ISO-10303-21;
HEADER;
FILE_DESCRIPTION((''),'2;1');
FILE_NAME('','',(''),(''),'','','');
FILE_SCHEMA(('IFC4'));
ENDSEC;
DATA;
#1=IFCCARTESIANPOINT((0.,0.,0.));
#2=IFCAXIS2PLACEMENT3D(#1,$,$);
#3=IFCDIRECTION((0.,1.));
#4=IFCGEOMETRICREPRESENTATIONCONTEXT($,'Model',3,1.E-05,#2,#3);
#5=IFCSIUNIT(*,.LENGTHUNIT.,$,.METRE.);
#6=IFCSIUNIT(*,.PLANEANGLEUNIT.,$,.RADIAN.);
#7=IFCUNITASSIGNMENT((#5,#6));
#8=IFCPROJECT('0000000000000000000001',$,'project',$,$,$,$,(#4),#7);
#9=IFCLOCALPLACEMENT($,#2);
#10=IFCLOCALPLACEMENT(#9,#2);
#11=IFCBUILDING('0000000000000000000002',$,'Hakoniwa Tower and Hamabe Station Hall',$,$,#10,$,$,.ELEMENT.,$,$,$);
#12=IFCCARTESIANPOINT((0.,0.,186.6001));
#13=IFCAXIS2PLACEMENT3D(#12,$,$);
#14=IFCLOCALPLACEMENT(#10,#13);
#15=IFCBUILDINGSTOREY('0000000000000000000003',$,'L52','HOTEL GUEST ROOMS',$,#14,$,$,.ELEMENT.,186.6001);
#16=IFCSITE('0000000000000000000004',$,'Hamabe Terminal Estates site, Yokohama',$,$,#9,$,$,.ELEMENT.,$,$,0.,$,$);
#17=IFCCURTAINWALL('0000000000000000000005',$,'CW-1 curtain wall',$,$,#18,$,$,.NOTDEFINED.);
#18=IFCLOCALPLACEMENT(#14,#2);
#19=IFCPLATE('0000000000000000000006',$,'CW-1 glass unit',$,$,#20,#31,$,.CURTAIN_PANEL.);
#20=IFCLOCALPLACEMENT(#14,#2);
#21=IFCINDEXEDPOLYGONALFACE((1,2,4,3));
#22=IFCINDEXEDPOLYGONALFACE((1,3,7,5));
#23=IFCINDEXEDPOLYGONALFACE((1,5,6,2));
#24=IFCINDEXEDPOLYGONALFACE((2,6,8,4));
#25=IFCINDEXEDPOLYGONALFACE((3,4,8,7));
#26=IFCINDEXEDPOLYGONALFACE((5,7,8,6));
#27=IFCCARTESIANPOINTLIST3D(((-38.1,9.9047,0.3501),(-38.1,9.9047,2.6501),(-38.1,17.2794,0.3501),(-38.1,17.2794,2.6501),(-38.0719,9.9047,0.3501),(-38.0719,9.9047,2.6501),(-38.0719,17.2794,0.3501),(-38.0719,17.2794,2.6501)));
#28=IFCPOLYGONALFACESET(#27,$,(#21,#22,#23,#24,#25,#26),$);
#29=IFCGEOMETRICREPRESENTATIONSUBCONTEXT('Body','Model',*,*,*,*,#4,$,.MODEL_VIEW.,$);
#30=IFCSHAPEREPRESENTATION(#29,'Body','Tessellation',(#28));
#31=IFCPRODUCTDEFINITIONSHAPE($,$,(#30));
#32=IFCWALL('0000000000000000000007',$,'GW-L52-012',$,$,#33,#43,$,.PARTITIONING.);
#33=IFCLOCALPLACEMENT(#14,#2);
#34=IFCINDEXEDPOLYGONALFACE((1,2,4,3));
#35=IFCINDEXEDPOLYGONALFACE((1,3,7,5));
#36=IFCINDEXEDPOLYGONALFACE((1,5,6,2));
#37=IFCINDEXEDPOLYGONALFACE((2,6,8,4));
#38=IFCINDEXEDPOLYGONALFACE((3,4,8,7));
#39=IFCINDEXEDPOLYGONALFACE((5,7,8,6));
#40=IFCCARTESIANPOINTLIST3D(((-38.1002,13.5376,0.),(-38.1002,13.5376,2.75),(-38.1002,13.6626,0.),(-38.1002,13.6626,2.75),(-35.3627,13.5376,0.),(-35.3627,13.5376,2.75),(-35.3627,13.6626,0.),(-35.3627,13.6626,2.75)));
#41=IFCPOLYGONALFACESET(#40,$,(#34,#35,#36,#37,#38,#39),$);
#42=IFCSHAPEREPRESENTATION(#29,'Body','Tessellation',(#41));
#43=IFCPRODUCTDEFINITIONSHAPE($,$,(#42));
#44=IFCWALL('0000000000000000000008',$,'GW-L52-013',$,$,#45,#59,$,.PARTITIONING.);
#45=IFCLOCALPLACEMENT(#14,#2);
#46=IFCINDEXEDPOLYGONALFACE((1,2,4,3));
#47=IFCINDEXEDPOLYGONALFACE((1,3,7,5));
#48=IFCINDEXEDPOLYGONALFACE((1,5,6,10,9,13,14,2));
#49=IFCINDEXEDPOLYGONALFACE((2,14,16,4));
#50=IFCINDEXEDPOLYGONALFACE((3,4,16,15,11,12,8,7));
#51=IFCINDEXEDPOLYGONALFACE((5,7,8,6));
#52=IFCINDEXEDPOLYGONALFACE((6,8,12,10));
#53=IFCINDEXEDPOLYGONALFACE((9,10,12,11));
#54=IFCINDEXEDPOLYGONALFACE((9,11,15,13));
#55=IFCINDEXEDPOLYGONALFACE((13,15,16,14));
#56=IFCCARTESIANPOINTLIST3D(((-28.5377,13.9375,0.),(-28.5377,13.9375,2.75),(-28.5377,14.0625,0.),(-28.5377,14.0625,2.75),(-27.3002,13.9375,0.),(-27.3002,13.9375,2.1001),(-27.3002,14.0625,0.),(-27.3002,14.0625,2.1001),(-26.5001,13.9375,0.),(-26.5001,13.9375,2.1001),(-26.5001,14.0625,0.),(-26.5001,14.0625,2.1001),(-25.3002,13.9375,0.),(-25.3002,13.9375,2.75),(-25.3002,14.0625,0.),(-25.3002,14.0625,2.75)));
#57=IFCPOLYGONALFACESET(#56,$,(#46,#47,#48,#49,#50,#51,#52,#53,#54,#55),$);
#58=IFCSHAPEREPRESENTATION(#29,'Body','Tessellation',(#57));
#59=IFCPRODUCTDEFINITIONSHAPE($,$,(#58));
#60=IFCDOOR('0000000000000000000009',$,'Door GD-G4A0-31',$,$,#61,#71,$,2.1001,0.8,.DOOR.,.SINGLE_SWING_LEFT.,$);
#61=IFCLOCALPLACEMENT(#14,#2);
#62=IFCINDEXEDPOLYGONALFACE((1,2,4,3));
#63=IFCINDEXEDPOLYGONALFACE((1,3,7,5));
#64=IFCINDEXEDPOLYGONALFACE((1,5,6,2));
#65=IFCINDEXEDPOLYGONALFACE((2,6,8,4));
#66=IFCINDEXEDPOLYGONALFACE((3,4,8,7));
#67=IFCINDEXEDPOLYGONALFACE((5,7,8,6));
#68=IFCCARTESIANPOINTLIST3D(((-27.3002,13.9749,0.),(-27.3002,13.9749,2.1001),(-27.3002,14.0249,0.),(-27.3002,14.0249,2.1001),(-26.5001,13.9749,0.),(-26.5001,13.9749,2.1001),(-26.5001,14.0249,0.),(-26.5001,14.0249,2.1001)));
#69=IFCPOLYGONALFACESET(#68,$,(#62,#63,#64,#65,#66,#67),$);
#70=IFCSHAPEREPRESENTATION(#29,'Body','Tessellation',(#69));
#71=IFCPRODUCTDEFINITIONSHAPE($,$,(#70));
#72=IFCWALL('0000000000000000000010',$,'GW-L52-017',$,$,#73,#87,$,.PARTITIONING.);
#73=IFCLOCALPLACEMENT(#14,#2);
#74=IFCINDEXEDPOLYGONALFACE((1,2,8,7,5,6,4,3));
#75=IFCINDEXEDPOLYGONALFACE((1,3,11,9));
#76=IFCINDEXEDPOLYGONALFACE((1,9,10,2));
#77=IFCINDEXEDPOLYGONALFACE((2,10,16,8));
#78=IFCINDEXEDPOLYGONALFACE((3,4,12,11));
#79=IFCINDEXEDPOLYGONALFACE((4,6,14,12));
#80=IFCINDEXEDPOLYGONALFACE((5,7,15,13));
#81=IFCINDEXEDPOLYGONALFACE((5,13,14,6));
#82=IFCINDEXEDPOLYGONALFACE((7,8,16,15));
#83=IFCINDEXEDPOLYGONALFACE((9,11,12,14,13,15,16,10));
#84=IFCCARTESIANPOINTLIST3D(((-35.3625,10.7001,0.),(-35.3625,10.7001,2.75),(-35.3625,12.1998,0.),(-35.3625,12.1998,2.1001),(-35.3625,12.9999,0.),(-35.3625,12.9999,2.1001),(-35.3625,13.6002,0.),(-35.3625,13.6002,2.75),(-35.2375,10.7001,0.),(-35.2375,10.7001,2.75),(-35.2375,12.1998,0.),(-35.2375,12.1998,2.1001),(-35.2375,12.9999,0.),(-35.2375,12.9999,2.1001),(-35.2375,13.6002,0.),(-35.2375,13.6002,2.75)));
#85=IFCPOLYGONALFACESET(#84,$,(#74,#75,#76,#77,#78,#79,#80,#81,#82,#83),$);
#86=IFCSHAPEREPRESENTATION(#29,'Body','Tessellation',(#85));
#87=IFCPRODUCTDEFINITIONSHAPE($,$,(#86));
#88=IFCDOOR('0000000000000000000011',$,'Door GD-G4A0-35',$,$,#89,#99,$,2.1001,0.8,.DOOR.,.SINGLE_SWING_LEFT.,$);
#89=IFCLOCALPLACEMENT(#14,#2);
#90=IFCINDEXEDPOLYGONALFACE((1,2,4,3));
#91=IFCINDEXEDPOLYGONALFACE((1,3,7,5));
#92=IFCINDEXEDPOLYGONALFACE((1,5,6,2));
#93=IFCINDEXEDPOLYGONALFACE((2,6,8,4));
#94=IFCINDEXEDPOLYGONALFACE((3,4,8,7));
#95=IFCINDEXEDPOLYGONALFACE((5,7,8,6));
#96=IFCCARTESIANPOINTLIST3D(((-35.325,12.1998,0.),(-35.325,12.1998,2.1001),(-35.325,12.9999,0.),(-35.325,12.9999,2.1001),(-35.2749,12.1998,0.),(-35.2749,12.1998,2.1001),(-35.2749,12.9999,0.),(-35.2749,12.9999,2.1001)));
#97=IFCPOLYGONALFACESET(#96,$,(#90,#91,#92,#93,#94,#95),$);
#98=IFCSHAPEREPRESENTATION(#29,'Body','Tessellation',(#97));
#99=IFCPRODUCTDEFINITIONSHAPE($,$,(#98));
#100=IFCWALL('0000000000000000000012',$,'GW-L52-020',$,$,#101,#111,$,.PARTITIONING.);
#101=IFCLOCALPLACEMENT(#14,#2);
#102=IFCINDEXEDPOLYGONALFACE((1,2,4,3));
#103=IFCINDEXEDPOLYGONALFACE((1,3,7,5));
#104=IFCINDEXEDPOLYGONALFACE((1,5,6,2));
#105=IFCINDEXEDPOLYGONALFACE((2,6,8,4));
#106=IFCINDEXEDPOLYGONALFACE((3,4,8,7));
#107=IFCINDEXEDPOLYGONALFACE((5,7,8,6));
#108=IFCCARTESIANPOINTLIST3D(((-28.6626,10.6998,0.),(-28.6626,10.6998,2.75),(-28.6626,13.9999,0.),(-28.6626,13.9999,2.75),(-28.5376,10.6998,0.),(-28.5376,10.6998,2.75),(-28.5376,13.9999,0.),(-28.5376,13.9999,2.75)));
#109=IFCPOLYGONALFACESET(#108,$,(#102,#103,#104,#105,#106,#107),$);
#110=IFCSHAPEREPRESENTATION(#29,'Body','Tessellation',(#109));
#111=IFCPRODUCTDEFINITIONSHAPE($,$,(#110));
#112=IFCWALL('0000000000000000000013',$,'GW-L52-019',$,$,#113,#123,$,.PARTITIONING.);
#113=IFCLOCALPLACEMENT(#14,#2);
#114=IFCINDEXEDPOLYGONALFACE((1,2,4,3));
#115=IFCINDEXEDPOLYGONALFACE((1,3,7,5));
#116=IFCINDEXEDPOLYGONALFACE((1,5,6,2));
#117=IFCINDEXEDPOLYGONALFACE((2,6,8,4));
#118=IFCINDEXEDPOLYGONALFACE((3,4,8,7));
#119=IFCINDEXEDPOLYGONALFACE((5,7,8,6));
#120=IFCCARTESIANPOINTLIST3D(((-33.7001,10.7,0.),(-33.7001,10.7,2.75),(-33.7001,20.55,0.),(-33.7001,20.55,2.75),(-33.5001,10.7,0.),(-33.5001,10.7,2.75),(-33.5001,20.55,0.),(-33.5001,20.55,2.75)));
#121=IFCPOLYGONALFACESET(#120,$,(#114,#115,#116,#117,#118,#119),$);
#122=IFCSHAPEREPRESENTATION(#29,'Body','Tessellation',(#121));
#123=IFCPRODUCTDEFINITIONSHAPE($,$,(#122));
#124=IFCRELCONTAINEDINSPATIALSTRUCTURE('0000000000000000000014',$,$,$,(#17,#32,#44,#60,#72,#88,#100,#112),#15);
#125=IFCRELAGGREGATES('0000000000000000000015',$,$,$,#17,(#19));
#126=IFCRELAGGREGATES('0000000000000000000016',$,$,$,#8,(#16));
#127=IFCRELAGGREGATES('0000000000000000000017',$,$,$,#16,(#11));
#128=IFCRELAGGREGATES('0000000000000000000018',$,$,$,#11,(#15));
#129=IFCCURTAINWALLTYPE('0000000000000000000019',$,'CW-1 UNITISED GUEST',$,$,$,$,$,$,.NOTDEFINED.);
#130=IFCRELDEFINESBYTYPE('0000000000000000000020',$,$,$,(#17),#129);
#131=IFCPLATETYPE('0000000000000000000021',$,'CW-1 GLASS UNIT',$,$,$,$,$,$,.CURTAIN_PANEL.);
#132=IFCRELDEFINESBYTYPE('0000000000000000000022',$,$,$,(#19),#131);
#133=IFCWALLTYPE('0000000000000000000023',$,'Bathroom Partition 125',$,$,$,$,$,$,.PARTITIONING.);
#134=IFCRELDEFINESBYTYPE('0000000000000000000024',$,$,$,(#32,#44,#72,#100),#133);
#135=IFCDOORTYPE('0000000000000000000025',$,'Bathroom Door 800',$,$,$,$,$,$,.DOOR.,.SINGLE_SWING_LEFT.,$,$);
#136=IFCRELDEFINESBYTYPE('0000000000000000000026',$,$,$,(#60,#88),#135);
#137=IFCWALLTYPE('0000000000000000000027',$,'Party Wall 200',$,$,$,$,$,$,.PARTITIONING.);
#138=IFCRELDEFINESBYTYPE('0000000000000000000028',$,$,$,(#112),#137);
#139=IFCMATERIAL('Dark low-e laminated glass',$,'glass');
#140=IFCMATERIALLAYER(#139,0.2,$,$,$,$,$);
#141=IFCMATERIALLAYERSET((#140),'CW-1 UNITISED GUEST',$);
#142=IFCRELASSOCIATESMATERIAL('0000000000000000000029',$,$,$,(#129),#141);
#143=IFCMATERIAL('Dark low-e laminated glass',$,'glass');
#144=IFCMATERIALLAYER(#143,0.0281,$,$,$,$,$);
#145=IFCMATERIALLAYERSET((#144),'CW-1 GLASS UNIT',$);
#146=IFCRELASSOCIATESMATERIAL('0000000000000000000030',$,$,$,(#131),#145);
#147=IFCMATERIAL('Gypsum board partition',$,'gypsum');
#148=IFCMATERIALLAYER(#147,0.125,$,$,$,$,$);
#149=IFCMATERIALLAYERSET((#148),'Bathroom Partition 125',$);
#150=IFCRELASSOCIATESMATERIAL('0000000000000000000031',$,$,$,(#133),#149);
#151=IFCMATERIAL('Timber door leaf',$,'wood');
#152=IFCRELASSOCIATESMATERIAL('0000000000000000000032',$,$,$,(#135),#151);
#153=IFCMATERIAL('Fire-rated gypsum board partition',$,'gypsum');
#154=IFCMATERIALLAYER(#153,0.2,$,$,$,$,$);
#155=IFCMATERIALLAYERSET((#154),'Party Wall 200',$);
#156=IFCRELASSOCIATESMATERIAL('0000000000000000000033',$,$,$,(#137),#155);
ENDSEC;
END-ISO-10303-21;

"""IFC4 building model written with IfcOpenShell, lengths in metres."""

from ifc_helpers import new_model, si_unit, direction, frame, frame_2d, origin, origin_2d, place, context, subcontext, project, spatial, rectangle, extrude, material, layer, layer_set, type_object, element, fill, aggregate, save


model = new_model("IFC4")

# Units and contexts
model_context = context("Model", 3, precision=1e-05, world=origin(), true_north=direction((0.0, 1.0)))
body_context = subcontext(model_context, "Body", "Model", "MODEL_VIEW")
ifc_project = project(units=[si_unit("LENGTHUNIT", "METRE"), si_unit("PLANEANGLEUNIT", "RADIAN")], contexts=[model_context])

# Site, building, storey
site_placement = place(None, origin())
site = spatial("IfcSite", under=ifc_project, at=site_placement, Name="Hamabe Terminal Estates site, Yokohama", CompositionType="ELEMENT", RefElevation=0.0)
building_placement = place(site_placement, origin())
building = spatial("IfcBuilding", under=site, at=building_placement, Name="Hakoniwa Tower and Hamabe Station Hall", CompositionType="ELEMENT")
storey_placement = place(building_placement, frame((0.0, 0.0, 186.6001)))
storey = spatial("IfcBuildingStorey", under=building, at=storey_placement, Name="L52", Description="HOTEL GUEST ROOMS", CompositionType="ELEMENT", Elevation=186.6001)

# Curtain wall
ifc_material_1 = material(Name="Dark low-e laminated glass", Category="glass")
ifc_layer_1 = layer(ifc_material_1, 0.2)
ifc_layer_set_1 = layer_set([ifc_layer_1], Name="CW-1 UNITISED GUEST")
curtain_wall_type = type_object("IfcCurtainWallType", Name="CW-1 UNITISED GUEST", PredefinedType="NOTDEFINED", material=ifc_layer_set_1)
curtain_wall_1_placement = place(storey_placement, origin())
curtain_wall_1 = element("IfcCurtainWall", 1, at=curtain_wall_1_placement, inside=storey, type_object=curtain_wall_type, Name="CW-1 curtain wall", PredefinedType="NOTDEFINED")

# Plate
ifc_material_2 = material(Name="Dark low-e laminated glass", Category="glass")
ifc_layer_2 = layer(ifc_material_2, 0.0281)
ifc_layer_set_2 = layer_set([ifc_layer_2], Name="CW-1 GLASS UNIT")
plate_type = type_object("IfcPlateType", Name="CW-1 GLASS UNIT", PredefinedType="CURTAIN_PANEL", material=ifc_layer_set_2)
plate_1_placement = place(storey_placement, frame((-38.0859, 13.592, 0.3501), z_axis=(0.0, 0.0, 1.0), x_axis=(0.0, -1.0, 0.0)))
plate_1 = element("IfcPlate", 2, at=plate_1_placement, type_object=plate_type, Name="CW-1 glass unit", PredefinedType="CURTAIN_PANEL", context=body_context, shape_type="SweptSolid", body=[
    extrude(rectangle(XDim=7.3748, YDim=0.0281, at=origin_2d()), origin(), (0.0, 0.0, 1.0), 2.3),
])
aggregate(curtain_wall_1, [plate_1])

# Wall
ifc_material_3 = material(Name="Gypsum board partition", Category="gypsum")
ifc_layer_3 = layer(ifc_material_3, 0.125)
ifc_layer_set_3 = layer_set([ifc_layer_3], Name="Bathroom Partition 125")
wall_type_1 = type_object("IfcWallType", Name="Bathroom Partition 125", PredefinedType="PARTITIONING", material=ifc_layer_set_3)
wall_1_placement = place(storey_placement, frame((-38.1001, 13.6001, 0.0), z_axis=(0.0, 0.0, 1.0), x_axis=(1.0, 0.0, 0.0)))
element("IfcWall", 3, at=wall_1_placement, inside=storey, type_object=wall_type_1, Name="GW-L52-012", PredefinedType="PARTITIONING", context=body_context, shape_type="SweptSolid", body=[
    extrude(rectangle(XDim=2.7375, YDim=0.125, at=frame_2d((1.3687, 0.0))), origin(), (0.0, 0.0, 1.0), 2.75),
])

# Walls, openings, doors
wall_2_placement = place(storey_placement, frame((-28.5376, 14.0, 0.0), z_axis=(0.0, 0.0, 1.0), x_axis=(1.0, 0.0, 0.0)))
wall_2 = element("IfcWall", 4, at=wall_2_placement, inside=storey, type_object=wall_type_1, Name="GW-L52-013", PredefinedType="PARTITIONING", context=body_context, shape_type="SweptSolid", body=[
    extrude(rectangle(XDim=3.2375, YDim=0.125, at=frame_2d((1.6187, 0.0))), origin(), (0.0, 0.0, 1.0), 2.75),
])
opening_1_placement = place(wall_2_placement, frame((1.2375, 0.0, 0.0)))
opening_1 = element("IfcOpeningElement", 5, at=opening_1_placement, cuts=wall_2, PredefinedType="OPENING", context=body_context, shape_type="SweptSolid", body=[
    extrude(rectangle(XDim=0.8, YDim=2.1001, at=frame_2d((0.3999, 1.05))), frame((0.0, 0.0725, 0.0), z_axis=(0.0, -1.0, 0.0), x_axis=(1.0, 0.0, 0.0)), (0.0, 0.0, 1.0), 0.145),
])
ifc_material_4 = material(Name="Timber door leaf", Category="wood")
door_type = type_object("IfcDoorType", Name="Bathroom Door 800", OperationType="SINGLE_SWING_LEFT", PredefinedType="DOOR", material=ifc_material_4)
door_1_placement = place(opening_1_placement, origin())
door_1 = element("IfcDoor", 6, at=door_1_placement, inside=storey, type_object=door_type, Name="Door GD-G4A0-31", OperationType="SINGLE_SWING_LEFT", OverallHeight=2.1001, OverallWidth=0.8, PredefinedType="DOOR", context=body_context, shape_type="SweptSolid", body=[
    extrude(rectangle(XDim=0.8, YDim=2.1001, at=frame_2d((0.3999, 1.05))), frame((0.0, 0.0249, 0.0), z_axis=(0.0, -1.0, 0.0), x_axis=(1.0, 0.0, 0.0)), (0.0, 0.0, 1.0), 0.05),
])
fill(opening_1, door_1)
wall_3_placement = place(storey_placement, frame((-35.3, 10.7, 0.0), z_axis=(0.0, 0.0, 1.0), x_axis=(0.0, 1.0, 0.0)))
wall_3 = element("IfcWall", 7, at=wall_3_placement, inside=storey, type_object=wall_type_1, Name="GW-L52-017", PredefinedType="PARTITIONING", context=body_context, shape_type="SweptSolid", body=[
    extrude(rectangle(XDim=2.9001, YDim=0.125, at=frame_2d((1.4502, 0.0))), origin(), (0.0, 0.0, 1.0), 2.75),
])
opening_2_placement = place(wall_3_placement, frame((1.5, 0.0, 0.0)))
opening_2 = element("IfcOpeningElement", 8, at=opening_2_placement, cuts=wall_3, PredefinedType="OPENING", context=body_context, shape_type="SweptSolid", body=[
    extrude(rectangle(XDim=0.8, YDim=2.1001, at=frame_2d((0.3999, 1.05))), frame((0.0, 0.0725, 0.0), z_axis=(0.0, -1.0, 0.0), x_axis=(1.0, 0.0, 0.0)), (0.0, 0.0, 1.0), 0.145),
])
door_2_placement = place(opening_2_placement, origin())
door_2 = element("IfcDoor", 9, at=door_2_placement, inside=storey, type_object=door_type, Name="Door GD-G4A0-35", OperationType="SINGLE_SWING_LEFT", OverallHeight=2.1001, OverallWidth=0.8, PredefinedType="DOOR", context=body_context, shape_type="SweptSolid", body=[
    extrude(rectangle(XDim=0.8, YDim=2.1001, at=frame_2d((0.3999, 1.05))), frame((0.0, 0.0249, 0.0), z_axis=(0.0, -1.0, 0.0), x_axis=(1.0, 0.0, 0.0)), (0.0, 0.0, 1.0), 0.05),
])
fill(opening_2, door_2)

# Walls
wall_4_placement = place(storey_placement, frame((-28.6001, 10.7, 0.0), z_axis=(0.0, 0.0, 1.0), x_axis=(0.0, 1.0, 0.0)))
element("IfcWall", 10, at=wall_4_placement, inside=storey, type_object=wall_type_1, Name="GW-L52-020", PredefinedType="PARTITIONING", context=body_context, shape_type="SweptSolid", body=[
    extrude(rectangle(XDim=3.3, YDim=0.125, at=frame_2d((1.6499, 0.0))), origin(), (0.0, 0.0, 1.0), 2.75),
])
ifc_material_5 = material(Name="Fire-rated gypsum board partition", Category="gypsum")
ifc_layer_4 = layer(ifc_material_5, 0.2)
ifc_layer_set_4 = layer_set([ifc_layer_4], Name="Party Wall 200")
wall_type_2 = type_object("IfcWallType", Name="Party Wall 200", PredefinedType="PARTITIONING", material=ifc_layer_set_4)
wall_5_placement = place(storey_placement, frame((-33.6001, 10.7, 0.0), z_axis=(0.0, 0.0, 1.0), x_axis=(0.0, 1.0, 0.0)))
element("IfcWall", 11, at=wall_5_placement, inside=storey, type_object=wall_type_2, Name="GW-L52-019", PredefinedType="PARTITIONING", context=body_context, shape_type="SweptSolid", body=[
    extrude(rectangle(XDim=9.8501, YDim=0.2, at=frame_2d((4.925, 0.0))), origin(), (0.0, 0.0, 1.0), 2.75),
])

save(model, "model.ifc")
